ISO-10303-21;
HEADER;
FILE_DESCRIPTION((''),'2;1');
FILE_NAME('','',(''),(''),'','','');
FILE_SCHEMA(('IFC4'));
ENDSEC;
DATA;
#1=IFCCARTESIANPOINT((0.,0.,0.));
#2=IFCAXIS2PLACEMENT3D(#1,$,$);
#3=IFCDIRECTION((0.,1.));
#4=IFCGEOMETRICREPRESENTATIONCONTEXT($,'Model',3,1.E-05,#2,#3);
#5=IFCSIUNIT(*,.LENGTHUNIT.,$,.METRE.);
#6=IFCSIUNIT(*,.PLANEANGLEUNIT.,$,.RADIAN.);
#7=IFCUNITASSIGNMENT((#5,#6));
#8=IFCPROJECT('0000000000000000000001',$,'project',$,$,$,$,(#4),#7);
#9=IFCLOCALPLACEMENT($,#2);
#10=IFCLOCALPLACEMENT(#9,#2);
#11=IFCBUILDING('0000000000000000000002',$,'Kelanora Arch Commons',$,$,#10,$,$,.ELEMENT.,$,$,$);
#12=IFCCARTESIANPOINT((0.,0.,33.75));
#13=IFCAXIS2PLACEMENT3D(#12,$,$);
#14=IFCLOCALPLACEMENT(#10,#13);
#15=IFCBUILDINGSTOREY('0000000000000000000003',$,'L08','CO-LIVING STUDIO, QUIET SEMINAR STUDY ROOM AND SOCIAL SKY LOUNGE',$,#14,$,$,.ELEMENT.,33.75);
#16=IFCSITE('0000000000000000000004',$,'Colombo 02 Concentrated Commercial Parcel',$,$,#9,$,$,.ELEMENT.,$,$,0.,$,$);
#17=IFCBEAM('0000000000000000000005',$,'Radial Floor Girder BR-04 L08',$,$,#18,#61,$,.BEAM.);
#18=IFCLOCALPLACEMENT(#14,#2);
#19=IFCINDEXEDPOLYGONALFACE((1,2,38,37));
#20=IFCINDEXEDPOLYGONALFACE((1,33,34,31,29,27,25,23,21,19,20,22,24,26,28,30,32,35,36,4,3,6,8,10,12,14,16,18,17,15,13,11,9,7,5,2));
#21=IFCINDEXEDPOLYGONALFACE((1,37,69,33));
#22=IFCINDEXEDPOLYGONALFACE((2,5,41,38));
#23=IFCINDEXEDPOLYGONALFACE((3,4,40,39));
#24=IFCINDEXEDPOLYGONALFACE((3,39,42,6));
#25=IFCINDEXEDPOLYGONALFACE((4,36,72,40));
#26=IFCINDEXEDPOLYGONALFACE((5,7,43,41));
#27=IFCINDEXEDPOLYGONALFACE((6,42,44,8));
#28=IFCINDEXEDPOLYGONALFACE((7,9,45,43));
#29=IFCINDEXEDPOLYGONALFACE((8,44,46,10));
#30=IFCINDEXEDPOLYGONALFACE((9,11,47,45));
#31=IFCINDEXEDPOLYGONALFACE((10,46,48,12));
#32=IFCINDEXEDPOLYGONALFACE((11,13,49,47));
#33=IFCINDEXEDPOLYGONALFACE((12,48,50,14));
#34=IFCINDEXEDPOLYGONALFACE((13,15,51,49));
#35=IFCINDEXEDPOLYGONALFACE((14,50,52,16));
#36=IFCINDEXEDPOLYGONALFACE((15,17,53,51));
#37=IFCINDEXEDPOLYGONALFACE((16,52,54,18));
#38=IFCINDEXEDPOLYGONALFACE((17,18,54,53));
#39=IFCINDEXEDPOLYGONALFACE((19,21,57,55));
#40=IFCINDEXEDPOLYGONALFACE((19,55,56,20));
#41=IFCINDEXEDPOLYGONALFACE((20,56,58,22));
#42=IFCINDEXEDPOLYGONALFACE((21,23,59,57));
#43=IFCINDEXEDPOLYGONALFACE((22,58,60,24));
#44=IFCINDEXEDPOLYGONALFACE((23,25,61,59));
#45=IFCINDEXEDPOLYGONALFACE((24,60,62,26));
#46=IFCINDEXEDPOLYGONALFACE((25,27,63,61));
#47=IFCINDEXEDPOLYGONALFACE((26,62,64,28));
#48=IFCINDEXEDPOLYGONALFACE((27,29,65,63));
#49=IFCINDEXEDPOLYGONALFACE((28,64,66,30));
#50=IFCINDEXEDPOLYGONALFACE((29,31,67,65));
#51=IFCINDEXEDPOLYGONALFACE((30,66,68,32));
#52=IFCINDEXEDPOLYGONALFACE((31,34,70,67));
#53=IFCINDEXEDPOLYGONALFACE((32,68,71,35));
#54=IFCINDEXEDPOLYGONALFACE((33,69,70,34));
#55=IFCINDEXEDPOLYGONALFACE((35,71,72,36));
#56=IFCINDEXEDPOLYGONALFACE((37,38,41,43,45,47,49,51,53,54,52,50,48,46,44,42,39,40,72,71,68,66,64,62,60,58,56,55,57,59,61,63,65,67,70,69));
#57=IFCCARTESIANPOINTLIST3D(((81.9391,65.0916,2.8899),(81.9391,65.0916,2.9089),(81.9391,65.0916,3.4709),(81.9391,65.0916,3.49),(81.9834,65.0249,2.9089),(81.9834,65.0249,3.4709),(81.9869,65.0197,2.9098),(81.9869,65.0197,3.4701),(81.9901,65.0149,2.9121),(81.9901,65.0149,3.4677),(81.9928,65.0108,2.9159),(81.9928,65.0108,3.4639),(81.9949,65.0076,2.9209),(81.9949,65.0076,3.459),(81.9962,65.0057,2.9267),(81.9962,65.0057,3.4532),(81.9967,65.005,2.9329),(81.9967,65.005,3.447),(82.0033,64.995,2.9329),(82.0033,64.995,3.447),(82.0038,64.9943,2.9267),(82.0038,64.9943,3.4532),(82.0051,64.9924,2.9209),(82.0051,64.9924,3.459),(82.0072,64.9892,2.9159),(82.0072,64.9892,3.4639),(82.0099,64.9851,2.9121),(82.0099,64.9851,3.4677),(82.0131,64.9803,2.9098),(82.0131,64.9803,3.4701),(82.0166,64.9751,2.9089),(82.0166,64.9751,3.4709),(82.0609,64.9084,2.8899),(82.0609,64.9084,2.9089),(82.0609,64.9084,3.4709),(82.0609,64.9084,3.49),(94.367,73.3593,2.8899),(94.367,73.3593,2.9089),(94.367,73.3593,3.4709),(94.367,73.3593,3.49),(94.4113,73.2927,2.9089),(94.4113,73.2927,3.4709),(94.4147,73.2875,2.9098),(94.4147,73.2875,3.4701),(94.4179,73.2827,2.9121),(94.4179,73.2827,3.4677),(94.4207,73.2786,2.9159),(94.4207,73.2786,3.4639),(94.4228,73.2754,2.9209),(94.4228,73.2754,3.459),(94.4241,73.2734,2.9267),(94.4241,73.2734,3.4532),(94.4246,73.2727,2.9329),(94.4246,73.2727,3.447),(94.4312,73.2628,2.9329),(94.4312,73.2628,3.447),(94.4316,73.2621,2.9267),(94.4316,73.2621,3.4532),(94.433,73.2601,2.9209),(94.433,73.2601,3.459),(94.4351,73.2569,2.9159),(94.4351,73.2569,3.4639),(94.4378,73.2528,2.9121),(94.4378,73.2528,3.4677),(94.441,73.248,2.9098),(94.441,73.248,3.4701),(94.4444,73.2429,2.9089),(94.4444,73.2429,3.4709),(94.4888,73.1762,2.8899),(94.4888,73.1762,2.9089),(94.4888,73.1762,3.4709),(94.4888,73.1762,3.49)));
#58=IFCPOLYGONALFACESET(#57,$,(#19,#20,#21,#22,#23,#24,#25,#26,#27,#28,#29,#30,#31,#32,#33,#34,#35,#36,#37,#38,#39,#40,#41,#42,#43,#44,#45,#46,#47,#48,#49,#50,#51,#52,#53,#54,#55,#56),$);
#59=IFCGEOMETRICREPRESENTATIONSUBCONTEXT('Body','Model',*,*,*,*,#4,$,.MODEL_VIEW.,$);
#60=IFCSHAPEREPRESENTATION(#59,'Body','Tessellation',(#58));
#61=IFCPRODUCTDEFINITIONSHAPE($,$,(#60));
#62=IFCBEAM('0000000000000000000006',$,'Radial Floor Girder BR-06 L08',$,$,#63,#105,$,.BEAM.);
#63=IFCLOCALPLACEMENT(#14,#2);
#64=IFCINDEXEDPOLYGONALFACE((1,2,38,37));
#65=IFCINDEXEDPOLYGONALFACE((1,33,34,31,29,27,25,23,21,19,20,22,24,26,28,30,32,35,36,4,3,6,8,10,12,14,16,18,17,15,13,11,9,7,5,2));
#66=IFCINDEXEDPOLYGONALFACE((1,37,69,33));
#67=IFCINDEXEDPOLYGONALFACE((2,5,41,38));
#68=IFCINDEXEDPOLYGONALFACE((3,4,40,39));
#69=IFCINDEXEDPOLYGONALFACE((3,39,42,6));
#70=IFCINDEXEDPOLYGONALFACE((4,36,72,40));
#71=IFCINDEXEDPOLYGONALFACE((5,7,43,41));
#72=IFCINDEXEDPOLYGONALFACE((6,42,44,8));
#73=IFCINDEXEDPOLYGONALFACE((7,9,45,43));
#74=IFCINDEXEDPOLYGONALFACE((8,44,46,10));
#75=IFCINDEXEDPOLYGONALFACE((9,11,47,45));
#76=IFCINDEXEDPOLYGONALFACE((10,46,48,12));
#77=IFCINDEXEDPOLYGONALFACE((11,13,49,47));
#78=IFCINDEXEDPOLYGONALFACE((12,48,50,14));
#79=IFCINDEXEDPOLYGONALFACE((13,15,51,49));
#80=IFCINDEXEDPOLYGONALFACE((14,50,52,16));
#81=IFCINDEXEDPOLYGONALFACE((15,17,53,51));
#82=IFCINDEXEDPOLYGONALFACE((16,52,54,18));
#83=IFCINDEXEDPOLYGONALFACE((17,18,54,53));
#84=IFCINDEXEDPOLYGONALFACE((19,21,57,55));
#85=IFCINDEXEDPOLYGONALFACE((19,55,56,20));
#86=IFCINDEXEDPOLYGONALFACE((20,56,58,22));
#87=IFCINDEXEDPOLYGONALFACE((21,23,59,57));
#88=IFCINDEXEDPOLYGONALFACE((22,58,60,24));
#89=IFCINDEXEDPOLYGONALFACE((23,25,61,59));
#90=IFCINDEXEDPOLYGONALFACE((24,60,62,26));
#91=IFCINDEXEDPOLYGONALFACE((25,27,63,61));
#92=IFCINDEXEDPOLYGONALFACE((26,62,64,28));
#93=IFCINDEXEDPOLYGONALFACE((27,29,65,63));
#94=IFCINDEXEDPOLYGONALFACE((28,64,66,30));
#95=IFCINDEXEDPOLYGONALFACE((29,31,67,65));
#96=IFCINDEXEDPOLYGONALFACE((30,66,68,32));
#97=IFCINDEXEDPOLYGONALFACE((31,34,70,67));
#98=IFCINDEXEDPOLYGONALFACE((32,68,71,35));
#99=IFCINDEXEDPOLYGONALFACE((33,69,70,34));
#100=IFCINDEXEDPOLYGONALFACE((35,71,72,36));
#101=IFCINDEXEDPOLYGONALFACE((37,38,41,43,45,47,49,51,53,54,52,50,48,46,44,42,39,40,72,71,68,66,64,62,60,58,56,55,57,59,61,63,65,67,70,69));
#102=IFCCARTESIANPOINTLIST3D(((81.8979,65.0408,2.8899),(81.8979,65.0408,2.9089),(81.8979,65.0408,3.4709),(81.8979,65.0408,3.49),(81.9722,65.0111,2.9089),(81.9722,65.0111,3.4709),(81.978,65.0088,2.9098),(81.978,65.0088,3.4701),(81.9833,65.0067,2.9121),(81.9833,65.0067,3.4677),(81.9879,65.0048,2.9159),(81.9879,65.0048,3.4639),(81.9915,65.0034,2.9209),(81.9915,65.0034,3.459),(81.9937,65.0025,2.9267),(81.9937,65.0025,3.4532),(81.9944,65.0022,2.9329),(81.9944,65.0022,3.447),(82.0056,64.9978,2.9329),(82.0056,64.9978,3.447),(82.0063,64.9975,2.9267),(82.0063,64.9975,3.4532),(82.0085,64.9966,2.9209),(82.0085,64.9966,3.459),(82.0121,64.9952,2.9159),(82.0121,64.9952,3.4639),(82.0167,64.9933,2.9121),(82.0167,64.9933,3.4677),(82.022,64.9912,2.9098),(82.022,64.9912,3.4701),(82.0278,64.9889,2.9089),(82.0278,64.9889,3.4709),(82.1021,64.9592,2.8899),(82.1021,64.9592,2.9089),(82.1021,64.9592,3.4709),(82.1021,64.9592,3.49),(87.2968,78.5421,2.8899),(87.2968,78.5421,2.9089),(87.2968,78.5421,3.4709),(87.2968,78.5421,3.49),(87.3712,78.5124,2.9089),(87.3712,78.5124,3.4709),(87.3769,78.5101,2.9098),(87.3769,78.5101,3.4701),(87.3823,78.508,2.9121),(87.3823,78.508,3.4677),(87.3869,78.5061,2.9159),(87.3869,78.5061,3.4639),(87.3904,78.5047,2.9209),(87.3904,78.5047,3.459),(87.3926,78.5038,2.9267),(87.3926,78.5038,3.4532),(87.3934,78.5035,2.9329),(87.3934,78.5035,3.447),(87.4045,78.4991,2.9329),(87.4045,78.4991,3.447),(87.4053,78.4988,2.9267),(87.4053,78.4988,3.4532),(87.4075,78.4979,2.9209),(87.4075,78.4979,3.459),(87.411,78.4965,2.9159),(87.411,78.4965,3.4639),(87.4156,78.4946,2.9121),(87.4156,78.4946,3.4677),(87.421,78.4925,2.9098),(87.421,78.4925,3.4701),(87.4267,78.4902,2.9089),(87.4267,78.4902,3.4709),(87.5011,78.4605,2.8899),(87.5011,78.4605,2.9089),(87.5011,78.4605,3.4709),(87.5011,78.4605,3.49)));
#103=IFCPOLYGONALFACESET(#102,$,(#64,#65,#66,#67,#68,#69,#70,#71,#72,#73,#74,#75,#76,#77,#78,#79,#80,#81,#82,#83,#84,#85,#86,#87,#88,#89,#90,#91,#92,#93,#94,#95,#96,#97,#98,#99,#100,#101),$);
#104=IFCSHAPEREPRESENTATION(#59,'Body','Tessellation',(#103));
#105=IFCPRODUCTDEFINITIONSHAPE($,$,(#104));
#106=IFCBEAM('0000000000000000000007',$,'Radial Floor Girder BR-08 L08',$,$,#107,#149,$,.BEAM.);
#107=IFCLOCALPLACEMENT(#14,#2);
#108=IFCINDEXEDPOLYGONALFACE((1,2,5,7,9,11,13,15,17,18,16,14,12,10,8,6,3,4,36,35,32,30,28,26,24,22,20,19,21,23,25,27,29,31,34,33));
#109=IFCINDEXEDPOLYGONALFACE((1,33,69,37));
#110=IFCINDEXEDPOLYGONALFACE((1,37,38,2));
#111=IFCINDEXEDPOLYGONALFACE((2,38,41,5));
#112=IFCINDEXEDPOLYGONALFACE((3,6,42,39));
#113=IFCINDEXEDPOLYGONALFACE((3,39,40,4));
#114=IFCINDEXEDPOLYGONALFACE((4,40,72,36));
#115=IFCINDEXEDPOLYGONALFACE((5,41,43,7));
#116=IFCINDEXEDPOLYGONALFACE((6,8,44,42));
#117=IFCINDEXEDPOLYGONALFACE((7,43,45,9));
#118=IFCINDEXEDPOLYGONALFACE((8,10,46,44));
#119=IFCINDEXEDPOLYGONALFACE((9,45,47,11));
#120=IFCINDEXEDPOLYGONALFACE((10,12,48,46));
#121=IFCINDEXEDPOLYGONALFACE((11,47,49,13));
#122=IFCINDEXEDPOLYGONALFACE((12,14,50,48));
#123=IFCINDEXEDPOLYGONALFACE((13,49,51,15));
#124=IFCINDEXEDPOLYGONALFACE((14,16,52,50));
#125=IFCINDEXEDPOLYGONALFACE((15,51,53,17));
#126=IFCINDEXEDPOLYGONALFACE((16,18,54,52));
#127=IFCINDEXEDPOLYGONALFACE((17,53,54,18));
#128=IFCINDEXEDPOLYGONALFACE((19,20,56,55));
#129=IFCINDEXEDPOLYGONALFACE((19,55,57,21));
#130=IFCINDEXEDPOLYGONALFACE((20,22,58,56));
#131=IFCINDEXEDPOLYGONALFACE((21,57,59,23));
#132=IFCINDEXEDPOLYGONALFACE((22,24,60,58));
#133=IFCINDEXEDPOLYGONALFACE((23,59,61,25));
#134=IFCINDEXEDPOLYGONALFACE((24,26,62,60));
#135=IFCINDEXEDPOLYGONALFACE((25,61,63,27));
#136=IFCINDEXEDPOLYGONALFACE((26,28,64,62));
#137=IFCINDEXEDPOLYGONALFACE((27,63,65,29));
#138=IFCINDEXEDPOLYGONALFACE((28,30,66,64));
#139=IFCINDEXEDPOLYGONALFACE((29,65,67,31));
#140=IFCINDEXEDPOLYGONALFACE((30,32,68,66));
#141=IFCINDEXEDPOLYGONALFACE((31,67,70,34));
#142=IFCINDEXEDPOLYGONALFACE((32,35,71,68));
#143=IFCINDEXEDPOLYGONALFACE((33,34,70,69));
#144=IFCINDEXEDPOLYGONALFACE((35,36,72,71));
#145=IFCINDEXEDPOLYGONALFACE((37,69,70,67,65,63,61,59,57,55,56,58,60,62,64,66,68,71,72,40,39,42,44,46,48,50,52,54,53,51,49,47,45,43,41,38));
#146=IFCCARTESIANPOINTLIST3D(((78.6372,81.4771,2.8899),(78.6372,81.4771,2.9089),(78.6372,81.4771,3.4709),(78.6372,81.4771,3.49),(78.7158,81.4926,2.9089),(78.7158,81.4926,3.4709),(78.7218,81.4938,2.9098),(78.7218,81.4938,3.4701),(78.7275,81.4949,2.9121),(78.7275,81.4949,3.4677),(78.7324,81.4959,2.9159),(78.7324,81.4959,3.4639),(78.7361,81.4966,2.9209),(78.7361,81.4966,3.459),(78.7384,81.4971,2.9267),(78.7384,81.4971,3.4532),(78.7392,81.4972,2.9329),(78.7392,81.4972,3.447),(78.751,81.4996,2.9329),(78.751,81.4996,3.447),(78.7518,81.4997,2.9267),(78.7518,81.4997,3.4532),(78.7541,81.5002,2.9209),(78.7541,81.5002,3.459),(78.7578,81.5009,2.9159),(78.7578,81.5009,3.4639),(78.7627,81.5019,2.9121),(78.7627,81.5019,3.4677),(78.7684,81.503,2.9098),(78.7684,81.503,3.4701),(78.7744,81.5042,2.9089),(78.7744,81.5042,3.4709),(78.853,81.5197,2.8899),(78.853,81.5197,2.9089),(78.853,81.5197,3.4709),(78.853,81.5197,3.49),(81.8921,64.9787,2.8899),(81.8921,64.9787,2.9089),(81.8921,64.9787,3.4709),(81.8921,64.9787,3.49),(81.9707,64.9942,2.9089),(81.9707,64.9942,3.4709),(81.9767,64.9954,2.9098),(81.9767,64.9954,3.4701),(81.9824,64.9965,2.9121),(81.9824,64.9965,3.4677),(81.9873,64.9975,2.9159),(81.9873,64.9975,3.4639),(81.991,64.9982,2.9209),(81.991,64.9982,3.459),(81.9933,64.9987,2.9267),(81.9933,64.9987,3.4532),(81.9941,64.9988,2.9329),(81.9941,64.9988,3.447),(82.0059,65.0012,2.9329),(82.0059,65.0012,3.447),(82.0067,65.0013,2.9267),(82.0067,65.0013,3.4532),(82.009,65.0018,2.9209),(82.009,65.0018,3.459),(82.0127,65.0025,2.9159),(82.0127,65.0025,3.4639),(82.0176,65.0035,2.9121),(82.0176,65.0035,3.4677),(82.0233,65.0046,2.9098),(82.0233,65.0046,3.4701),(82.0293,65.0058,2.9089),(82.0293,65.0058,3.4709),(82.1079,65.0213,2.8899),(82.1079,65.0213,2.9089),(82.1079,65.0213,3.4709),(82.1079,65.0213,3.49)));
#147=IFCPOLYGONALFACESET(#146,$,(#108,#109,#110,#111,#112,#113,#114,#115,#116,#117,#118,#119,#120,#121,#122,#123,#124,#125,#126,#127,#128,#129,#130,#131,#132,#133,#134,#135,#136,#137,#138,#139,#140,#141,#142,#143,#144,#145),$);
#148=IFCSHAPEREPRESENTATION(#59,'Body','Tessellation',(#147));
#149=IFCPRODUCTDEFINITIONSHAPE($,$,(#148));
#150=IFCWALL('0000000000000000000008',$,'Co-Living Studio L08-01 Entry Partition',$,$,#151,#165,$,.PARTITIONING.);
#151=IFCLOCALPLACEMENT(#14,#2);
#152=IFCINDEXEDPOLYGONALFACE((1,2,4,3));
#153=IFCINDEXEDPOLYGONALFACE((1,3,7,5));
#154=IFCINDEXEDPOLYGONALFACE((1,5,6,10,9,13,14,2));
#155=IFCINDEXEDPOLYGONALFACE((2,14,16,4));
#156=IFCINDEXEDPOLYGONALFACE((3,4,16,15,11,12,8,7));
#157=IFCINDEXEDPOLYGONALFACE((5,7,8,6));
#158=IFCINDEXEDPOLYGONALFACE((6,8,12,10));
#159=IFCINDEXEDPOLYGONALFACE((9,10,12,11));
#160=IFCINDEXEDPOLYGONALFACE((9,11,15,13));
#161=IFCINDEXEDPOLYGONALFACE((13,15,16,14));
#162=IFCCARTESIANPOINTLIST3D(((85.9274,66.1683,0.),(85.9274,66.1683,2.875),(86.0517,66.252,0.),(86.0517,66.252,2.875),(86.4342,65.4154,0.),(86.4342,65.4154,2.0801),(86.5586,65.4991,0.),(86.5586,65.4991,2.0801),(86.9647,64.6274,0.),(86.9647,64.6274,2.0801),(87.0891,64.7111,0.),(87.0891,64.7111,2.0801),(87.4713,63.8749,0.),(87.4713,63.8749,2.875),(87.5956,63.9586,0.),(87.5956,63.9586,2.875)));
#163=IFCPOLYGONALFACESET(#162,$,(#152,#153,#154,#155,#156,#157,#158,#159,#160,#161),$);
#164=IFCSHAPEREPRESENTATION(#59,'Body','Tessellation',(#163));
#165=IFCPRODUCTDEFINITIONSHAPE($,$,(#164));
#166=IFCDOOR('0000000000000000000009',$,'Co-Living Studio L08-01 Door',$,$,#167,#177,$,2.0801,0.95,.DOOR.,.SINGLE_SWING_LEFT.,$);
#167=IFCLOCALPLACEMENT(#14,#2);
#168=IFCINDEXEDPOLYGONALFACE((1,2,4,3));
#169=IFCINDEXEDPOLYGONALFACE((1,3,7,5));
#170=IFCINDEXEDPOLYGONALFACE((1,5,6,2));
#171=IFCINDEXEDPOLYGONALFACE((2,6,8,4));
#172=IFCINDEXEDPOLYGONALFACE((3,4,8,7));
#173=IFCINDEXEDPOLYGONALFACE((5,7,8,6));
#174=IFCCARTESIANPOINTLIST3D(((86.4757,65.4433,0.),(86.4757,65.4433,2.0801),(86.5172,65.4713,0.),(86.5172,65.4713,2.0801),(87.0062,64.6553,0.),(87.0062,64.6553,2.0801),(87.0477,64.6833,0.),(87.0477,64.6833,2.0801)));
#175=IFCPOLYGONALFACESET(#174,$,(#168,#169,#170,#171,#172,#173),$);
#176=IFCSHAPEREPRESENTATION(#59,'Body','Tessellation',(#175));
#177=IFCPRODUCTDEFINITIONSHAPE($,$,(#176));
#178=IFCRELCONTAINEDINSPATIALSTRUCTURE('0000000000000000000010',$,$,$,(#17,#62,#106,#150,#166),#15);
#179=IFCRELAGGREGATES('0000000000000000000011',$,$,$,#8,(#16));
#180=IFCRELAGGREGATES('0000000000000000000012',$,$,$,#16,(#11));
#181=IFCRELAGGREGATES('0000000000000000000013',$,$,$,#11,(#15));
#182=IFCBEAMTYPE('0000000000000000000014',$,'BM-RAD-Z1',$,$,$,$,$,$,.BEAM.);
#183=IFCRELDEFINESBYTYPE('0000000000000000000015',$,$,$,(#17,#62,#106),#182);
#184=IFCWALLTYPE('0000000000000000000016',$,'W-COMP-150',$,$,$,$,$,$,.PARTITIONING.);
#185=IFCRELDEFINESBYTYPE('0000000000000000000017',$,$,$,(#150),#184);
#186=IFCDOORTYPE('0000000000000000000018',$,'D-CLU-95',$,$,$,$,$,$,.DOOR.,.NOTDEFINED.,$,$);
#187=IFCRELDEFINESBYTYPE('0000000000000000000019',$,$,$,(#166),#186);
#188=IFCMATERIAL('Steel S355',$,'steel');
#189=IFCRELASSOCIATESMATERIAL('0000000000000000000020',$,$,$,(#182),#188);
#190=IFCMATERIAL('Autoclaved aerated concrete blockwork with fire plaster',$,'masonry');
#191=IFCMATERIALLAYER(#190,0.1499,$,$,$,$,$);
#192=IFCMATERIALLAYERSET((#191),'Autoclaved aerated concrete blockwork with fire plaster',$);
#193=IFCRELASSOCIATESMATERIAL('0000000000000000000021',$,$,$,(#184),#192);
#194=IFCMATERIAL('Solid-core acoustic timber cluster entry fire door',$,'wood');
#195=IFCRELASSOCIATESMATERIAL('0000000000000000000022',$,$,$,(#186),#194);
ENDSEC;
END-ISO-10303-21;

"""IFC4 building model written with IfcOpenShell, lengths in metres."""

from ifc_helpers import new_model, si_unit, direction, frame, frame_2d, origin, origin_2d, place, context, subcontext, project, spatial, rectangle, i_section, extrude, material, layer, layer_set, material_profile, profile_set, type_object, element, fill, save


model = new_model("IFC4")

# Units and contexts
model_context = context("Model", 3, precision=1e-05, world=origin(), true_north=direction((0.0, 1.0)))
body_context = subcontext(model_context, "Body", "Model", "MODEL_VIEW")
ifc_project = project(units=[si_unit("LENGTHUNIT", "METRE"), si_unit("PLANEANGLEUNIT", "RADIAN")], contexts=[model_context])

# Site, building, storey
site_placement = place(None, origin())
site = spatial("IfcSite", under=ifc_project, at=site_placement, Name="Colombo 02 Concentrated Commercial Parcel", CompositionType="ELEMENT", RefElevation=0.0)
building_placement = place(site_placement, origin())
building = spatial("IfcBuilding", under=site, at=building_placement, Name="Kelanora Arch Commons", CompositionType="ELEMENT")
storey_placement = place(building_placement, frame((0.0, 0.0, 33.75)))
storey = spatial("IfcBuildingStorey", under=building, at=storey_placement, Name="L08", Description="CO-LIVING STUDIO, QUIET SEMINAR STUDY ROOM AND SOCIAL SKY LOUNGE", CompositionType="ELEMENT", Elevation=33.75)

# Beams
ifc_material_1 = material(Name="Steel S355", Category="steel")
ifc_material_profile_1 = material_profile(ifc_material_1, i_section(OverallWidth=0.22, OverallDepth=0.6001, WebThickness=0.012, FlangeThickness=0.019, FilletRadius=0.0239, at=origin_2d()), Name="IPE600")
ifc_profile_set_1 = profile_set([ifc_material_profile_1], Name="Steel S355")
beam_type_1 = type_object("IfcBeamType", Name="BM-RAD-Z1", PredefinedType="BEAM", material=ifc_profile_set_1)
beam_1_placement = place(storey_placement, frame((82.0, 65.0, 3.1899), z_axis=(0.832591, 0.553888, 0.0), x_axis=(-0.553888, 0.832591, 0.0)))
element("IfcBeam", 1, at=beam_1_placement, inside=storey, type_object=beam_type_1, Name="Radial Floor Girder BR-04 L08", PredefinedType="BEAM", context=body_context, shape_type="SweptSolid", body=[
    extrude(i_section(OverallWidth=0.22, OverallDepth=0.6001, WebThickness=0.012, FlangeThickness=0.019, FilletRadius=0.0239, at=origin_2d()), origin(), (0.0, 0.0, 1.0), 14.9268),
])
beam_2_placement = place(storey_placement, frame((82.0, 65.0, 3.1899), z_axis=(0.371298, 0.928514, 0.0), x_axis=(-0.928514, 0.371298, 0.0)))
element("IfcBeam", 2, at=beam_2_placement, inside=storey, type_object=beam_type_1, Name="Radial Floor Girder BR-06 L08", PredefinedType="BEAM", context=body_context, shape_type="SweptSolid", body=[
    extrude(i_section(OverallWidth=0.22, OverallDepth=0.6001, WebThickness=0.012, FlangeThickness=0.019, FilletRadius=0.0239, at=origin_2d()), origin(), (0.0, 0.0, 1.0), 14.5408),
])
beam_3_placement = place(storey_placement, frame((82.0, 65.0, 3.1899), z_axis=(-0.193555, 0.981089, 0.0), x_axis=(-0.981089, -0.193555, 0.0)))
element("IfcBeam", 3, at=beam_3_placement, inside=storey, type_object=beam_type_1, Name="Radial Floor Girder BR-08 L08", PredefinedType="BEAM", context=body_context, shape_type="SweptSolid", body=[
    extrude(i_section(OverallWidth=0.22, OverallDepth=0.6001, WebThickness=0.012, FlangeThickness=0.019, FilletRadius=0.0239, at=origin_2d()), origin(), (0.0, 0.0, 1.0), 16.8164),
])

# Wall, opening, door
ifc_material_2 = material(Name="Autoclaved aerated concrete blockwork with fire plaster", Category="masonry")
ifc_layer_1 = layer(ifc_material_2, 0.1499)
ifc_layer_set_1 = layer_set([ifc_layer_1], Name="Autoclaved aerated concrete blockwork with fire plaster")
wall_type_1 = type_object("IfcWallType", Name="W-COMP-150", PredefinedType="PARTITIONING", material=ifc_layer_set_1)
wall_1_placement = place(storey_placement, frame((87.5334, 63.9167, 0.0), z_axis=(0.0, 0.0, 1.0), x_axis=(-0.558444, 0.829542, 0.0)))
wall_1 = element("IfcWall", 4, at=wall_1_placement, inside=storey, type_object=wall_type_1, Name="Co-Living Studio L08-01 Entry Partition", PredefinedType="PARTITIONING", context=body_context, shape_type="SweptSolid", body=[
    extrude(rectangle(XDim=2.7646, YDim=0.1499, at=frame_2d((1.3823, 0.0))), origin(), (0.0, 0.0, 1.0), 2.875),
])
opening_1_placement = place(wall_1_placement, frame((0.907, 0.0, 0.0)))
opening_1 = element("IfcOpeningElement", 5, at=opening_1_placement, cuts=wall_1, PredefinedType="OPENING", context=body_context, shape_type="SweptSolid", body=[
    extrude(rectangle(XDim=0.95, YDim=2.0801, at=frame_2d((0.4751, 1.04))), frame((0.0, 0.085, 0.0), z_axis=(0.0, -1.0, 0.0), x_axis=(1.0, 0.0, 0.0)), (0.0, 0.0, 1.0), 0.1699),
])
ifc_material_3 = material(Name="Solid-core acoustic timber cluster entry fire door", Category="wood")
door_type_1 = type_object("IfcDoorType", Name="D-CLU-95", OperationType="NOTDEFINED", PredefinedType="DOOR", material=ifc_material_3)
door_1_placement = place(opening_1_placement, origin())
door_1 = element("IfcDoor", 6, at=door_1_placement, inside=storey, type_object=door_type_1, Name="Co-Living Studio L08-01 Door", OperationType="SINGLE_SWING_LEFT", OverallHeight=2.0801, OverallWidth=0.95, PredefinedType="DOOR", context=body_context, shape_type="SweptSolid", body=[
    extrude(rectangle(XDim=0.95, YDim=2.0801, at=frame_2d((0.4751, 1.04))), frame((0.0, 0.0249, 0.0), z_axis=(0.0, -1.0, 0.0), x_axis=(1.0, 0.0, 0.0)), (0.0, 0.0, 1.0), 0.05),
])
fill(opening_1, door_1)

save(model, "model.ifc")
